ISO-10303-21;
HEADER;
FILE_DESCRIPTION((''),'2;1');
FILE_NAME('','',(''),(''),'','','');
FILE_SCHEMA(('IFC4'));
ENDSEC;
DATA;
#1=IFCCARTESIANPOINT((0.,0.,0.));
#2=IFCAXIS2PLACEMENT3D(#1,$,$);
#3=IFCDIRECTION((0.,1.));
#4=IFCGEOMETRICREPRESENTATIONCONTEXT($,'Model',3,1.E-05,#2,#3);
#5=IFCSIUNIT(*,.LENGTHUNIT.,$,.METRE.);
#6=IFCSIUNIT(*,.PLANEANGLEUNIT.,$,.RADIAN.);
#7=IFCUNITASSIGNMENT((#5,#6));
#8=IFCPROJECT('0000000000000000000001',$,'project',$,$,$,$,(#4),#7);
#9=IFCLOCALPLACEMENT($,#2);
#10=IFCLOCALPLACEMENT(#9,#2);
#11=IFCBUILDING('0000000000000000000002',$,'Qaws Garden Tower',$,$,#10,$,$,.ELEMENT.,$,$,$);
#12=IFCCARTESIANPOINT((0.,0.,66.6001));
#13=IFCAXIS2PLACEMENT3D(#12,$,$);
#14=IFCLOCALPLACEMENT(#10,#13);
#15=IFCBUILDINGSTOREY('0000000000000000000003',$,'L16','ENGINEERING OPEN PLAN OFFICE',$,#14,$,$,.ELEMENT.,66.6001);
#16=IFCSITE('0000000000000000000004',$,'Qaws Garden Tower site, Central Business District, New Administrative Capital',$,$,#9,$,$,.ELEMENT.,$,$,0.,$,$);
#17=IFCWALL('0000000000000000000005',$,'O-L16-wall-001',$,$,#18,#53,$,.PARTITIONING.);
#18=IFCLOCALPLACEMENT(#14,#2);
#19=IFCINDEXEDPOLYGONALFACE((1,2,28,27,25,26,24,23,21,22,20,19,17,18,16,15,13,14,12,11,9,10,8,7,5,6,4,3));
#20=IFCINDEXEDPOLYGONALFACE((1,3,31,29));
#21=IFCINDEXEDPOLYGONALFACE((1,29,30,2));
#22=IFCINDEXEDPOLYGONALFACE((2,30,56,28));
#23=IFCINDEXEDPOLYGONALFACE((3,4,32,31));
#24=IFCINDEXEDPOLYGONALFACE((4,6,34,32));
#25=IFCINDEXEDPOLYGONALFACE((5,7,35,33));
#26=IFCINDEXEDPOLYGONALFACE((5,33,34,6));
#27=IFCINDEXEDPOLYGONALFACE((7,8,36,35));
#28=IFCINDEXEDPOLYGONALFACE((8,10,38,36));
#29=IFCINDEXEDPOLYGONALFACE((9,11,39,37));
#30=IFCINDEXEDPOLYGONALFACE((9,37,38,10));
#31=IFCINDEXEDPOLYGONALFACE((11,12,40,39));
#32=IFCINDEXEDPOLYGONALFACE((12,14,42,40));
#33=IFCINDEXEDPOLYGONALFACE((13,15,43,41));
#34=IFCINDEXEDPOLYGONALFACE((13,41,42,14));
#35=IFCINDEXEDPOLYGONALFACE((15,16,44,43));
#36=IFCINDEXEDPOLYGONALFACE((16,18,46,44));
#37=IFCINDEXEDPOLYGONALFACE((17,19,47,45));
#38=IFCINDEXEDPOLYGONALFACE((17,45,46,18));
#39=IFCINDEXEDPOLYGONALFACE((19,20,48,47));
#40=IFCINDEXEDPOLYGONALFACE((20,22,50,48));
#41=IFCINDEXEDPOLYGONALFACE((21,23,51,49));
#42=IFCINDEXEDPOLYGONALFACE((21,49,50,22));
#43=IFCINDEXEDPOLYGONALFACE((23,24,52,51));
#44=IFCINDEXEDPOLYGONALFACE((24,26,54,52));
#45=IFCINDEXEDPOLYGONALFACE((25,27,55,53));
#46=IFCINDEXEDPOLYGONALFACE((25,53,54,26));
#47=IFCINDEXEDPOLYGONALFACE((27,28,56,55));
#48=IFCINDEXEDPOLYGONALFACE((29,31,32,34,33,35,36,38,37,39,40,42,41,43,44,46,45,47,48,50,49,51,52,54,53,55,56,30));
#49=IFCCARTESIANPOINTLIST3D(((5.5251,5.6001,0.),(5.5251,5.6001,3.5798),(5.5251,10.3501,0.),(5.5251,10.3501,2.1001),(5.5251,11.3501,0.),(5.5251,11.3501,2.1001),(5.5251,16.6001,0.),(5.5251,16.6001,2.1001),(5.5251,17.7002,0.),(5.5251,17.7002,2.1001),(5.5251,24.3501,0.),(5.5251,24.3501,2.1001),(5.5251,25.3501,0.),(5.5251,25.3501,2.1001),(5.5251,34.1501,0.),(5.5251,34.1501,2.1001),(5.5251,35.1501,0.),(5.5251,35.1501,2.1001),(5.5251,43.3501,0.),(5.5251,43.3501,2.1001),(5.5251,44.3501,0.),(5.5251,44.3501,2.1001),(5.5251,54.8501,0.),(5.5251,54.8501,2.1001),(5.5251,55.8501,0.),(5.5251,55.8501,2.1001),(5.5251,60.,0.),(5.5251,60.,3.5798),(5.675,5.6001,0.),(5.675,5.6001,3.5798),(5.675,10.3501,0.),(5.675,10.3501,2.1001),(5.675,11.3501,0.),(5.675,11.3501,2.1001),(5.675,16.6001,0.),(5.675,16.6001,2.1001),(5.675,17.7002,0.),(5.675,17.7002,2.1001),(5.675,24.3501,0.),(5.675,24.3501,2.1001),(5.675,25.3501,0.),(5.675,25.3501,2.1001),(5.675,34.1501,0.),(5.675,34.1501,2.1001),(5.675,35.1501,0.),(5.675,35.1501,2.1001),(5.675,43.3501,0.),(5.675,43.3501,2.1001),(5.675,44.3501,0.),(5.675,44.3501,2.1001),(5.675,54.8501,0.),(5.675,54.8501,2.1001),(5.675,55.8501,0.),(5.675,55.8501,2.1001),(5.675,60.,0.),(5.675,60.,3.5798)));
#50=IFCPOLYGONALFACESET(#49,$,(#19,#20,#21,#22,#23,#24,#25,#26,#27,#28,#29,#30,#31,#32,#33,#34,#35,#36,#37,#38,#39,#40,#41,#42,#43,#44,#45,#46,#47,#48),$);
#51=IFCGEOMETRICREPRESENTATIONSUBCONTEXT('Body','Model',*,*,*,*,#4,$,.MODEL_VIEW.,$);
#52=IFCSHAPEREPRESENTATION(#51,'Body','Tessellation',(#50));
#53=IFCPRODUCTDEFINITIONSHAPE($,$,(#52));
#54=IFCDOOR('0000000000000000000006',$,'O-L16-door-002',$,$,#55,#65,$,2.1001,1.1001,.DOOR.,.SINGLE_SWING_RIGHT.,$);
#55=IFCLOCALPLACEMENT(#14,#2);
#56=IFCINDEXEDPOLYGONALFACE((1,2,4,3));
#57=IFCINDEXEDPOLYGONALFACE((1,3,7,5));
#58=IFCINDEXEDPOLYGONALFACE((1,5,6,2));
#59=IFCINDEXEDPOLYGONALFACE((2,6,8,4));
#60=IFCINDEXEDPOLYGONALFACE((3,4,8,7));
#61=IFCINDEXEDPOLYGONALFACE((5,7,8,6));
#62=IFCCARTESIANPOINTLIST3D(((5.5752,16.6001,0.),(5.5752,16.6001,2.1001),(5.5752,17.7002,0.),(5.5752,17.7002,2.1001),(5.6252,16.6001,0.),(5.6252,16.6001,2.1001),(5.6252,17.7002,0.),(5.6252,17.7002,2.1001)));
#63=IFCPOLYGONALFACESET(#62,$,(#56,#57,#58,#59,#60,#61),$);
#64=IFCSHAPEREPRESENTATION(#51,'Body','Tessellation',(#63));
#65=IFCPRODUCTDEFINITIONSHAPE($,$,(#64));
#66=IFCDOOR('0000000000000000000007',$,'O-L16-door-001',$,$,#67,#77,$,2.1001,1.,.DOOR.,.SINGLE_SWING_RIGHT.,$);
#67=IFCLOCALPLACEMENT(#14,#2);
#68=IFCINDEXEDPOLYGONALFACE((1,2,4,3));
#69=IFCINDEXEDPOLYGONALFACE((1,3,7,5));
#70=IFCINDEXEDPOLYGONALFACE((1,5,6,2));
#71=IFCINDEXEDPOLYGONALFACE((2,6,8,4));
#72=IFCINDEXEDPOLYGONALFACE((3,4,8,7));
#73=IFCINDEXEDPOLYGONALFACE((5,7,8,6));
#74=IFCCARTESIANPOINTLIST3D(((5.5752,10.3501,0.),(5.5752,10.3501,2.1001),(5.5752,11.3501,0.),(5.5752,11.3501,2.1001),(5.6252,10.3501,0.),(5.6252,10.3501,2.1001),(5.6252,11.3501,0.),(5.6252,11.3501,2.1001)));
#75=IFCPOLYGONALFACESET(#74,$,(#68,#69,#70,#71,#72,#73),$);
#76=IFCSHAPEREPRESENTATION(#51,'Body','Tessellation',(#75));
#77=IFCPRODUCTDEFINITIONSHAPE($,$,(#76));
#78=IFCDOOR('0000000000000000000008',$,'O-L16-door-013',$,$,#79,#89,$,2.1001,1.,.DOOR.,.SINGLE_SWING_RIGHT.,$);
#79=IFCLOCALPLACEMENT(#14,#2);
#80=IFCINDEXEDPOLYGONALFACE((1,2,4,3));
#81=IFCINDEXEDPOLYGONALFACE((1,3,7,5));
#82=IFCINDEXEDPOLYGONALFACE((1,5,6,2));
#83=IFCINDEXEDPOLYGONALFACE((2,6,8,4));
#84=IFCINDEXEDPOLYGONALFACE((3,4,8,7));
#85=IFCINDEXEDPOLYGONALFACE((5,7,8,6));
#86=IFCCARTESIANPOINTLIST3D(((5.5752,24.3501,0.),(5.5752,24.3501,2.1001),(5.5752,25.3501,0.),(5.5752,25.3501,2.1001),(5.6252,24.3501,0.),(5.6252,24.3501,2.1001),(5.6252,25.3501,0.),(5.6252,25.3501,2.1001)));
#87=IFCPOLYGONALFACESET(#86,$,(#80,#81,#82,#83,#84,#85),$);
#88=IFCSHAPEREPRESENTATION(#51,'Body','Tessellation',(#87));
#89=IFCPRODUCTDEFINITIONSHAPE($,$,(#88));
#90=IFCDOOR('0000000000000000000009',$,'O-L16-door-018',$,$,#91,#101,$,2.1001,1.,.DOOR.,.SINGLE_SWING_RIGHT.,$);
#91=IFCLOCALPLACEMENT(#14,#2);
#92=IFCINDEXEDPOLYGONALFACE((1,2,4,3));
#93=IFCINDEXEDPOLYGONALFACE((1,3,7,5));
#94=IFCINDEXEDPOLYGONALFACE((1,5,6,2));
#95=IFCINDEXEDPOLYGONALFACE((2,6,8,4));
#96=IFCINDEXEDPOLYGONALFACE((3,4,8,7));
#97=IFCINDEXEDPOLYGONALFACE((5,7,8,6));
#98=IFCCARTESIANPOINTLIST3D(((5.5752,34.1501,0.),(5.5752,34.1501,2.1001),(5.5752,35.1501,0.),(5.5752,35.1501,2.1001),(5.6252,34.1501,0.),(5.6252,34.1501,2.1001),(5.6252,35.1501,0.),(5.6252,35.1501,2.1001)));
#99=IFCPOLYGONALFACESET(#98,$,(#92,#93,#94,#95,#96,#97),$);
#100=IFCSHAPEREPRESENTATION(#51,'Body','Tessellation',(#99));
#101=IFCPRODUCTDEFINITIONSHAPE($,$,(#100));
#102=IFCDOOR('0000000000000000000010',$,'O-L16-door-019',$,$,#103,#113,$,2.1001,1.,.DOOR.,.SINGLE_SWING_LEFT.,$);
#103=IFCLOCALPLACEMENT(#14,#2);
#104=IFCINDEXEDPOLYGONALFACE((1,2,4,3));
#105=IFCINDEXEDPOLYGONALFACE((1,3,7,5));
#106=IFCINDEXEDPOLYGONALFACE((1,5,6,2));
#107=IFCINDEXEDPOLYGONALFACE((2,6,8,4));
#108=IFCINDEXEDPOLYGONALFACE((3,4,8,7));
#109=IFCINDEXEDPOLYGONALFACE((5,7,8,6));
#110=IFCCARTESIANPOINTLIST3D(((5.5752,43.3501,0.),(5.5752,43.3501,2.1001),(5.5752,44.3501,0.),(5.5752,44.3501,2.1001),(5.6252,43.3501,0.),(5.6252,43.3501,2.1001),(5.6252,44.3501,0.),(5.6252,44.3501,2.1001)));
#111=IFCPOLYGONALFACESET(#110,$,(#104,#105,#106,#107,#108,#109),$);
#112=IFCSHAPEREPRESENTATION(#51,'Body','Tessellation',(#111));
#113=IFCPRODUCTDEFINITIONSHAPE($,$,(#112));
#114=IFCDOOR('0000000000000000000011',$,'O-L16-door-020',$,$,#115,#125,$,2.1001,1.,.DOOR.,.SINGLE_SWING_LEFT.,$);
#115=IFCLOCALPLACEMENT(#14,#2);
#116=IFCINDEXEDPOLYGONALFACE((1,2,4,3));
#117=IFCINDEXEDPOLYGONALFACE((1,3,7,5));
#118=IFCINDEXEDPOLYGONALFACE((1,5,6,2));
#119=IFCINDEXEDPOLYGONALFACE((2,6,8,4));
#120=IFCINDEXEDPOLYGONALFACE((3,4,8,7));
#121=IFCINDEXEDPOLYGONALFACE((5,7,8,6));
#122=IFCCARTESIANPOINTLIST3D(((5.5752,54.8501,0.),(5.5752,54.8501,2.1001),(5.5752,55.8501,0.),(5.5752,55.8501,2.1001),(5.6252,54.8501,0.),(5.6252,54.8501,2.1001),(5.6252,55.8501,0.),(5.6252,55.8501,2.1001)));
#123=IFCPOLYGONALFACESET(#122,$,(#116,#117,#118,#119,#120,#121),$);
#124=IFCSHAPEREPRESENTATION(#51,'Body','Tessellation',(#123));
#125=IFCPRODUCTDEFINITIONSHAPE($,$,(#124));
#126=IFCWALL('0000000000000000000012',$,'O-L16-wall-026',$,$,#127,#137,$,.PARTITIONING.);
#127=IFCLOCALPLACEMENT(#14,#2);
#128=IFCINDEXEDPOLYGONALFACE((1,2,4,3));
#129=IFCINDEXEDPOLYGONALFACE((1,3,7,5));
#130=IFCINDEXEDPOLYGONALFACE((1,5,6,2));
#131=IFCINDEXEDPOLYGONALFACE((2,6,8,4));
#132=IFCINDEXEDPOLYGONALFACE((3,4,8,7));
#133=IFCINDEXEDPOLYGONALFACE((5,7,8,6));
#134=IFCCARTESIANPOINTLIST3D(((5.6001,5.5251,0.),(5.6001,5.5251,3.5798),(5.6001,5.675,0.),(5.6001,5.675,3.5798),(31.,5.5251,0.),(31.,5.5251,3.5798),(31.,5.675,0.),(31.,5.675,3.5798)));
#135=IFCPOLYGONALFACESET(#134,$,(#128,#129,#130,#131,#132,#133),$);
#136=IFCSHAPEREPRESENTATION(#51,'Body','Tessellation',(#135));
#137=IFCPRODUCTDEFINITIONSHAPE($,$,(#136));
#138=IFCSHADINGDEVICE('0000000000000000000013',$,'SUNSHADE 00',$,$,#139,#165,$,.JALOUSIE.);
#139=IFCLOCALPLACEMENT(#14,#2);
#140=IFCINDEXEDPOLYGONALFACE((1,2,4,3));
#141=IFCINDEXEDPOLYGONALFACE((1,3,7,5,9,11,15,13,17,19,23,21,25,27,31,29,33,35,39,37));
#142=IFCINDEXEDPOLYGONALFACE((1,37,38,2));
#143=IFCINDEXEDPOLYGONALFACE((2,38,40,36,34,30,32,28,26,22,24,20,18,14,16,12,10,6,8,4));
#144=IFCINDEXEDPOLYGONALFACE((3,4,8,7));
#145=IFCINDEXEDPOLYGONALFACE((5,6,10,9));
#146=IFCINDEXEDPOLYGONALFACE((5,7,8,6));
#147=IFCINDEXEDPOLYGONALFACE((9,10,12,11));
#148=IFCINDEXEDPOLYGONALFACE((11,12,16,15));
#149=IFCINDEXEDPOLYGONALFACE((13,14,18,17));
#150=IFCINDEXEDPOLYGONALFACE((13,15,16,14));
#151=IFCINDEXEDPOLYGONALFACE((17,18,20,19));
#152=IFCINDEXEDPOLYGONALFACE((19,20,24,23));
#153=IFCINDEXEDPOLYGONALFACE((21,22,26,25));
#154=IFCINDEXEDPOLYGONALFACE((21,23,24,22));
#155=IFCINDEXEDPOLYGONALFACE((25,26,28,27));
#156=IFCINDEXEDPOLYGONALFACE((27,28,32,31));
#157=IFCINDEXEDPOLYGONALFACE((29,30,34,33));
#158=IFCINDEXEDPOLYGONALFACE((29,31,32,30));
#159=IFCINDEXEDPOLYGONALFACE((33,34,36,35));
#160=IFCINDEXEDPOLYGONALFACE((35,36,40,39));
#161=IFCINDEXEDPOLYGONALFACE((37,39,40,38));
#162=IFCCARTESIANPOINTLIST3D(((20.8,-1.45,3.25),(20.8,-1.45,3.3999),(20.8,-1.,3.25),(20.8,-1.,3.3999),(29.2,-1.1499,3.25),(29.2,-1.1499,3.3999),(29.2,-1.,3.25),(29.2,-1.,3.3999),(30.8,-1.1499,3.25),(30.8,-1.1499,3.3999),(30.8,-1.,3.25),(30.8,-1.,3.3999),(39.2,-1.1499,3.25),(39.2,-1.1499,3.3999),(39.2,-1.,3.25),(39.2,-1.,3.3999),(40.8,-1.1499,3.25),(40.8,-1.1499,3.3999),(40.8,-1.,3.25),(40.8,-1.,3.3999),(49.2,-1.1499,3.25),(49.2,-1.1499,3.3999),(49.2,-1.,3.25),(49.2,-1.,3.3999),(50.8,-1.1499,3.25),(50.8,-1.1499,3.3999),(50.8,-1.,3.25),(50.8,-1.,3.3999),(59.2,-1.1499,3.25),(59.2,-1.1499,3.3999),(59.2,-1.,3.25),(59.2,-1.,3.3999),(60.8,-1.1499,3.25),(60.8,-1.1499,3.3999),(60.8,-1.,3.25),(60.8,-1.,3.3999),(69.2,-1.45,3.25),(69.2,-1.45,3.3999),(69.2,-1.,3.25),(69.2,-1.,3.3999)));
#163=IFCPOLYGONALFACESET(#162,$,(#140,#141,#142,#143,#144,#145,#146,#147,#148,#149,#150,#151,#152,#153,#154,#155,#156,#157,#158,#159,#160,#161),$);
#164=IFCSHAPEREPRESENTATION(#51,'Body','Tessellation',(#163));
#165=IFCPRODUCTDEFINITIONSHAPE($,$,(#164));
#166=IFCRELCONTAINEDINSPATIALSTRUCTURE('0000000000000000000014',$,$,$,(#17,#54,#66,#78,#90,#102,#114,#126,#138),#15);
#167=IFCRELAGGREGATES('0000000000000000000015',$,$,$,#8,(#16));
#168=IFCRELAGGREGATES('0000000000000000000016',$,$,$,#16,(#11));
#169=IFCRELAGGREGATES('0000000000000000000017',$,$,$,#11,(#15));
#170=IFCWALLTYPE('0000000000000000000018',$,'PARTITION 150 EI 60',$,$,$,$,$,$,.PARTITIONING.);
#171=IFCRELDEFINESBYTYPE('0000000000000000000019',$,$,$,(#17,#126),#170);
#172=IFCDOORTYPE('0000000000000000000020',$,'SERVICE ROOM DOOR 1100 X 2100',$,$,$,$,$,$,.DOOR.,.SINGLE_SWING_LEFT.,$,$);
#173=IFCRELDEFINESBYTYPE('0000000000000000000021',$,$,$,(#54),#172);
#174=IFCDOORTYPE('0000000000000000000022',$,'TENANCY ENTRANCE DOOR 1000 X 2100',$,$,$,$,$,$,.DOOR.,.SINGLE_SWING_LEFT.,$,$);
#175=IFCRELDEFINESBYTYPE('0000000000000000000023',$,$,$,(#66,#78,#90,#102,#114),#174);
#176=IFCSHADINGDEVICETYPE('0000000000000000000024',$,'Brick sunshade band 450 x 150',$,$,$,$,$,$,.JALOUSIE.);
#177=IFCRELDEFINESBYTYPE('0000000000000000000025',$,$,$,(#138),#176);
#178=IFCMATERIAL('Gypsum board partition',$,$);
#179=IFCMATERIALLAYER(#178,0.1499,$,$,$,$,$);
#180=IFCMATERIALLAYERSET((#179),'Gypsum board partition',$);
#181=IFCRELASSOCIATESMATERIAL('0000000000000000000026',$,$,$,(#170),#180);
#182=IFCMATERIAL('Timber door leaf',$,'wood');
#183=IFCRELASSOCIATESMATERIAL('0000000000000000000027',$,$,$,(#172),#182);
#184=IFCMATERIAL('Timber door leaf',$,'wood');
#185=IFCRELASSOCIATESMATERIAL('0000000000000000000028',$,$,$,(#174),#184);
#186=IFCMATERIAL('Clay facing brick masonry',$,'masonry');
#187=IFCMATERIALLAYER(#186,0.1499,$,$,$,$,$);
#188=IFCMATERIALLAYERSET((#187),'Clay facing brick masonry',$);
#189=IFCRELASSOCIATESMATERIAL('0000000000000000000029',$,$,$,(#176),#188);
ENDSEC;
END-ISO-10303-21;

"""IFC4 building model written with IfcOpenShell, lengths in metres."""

from ifc_helpers import new_model, si_unit, direction, frame, frame_2d, origin, place, context, subcontext, project, spatial, polyline, rectangle, outline, extrude, material, layer, layer_set, type_object, element, fill, save


model = new_model("IFC4")

# Units and contexts
model_context = context("Model", 3, precision=1e-05, world=origin(), true_north=direction((0.0, 1.0)))
body_context = subcontext(model_context, "Body", "Model", "MODEL_VIEW")
ifc_project = project(units=[si_unit("LENGTHUNIT", "METRE"), si_unit("PLANEANGLEUNIT", "RADIAN")], contexts=[model_context])

# Site, building, storey
site_placement = place(None, origin())
site = spatial("IfcSite", under=ifc_project, at=site_placement, Name="Qaws Garden Tower site, Central Business District, New Administrative Capital", CompositionType="ELEMENT", RefElevation=0.0)
building_placement = place(site_placement, origin())
building = spatial("IfcBuilding", under=site, at=building_placement, Name="Qaws Garden Tower", CompositionType="ELEMENT")
storey_placement = place(building_placement, frame((0.0, 0.0, 66.6001)))
storey = spatial("IfcBuildingStorey", under=building, at=storey_placement, Name="L16", Description="ENGINEERING OPEN PLAN OFFICE", CompositionType="ELEMENT", Elevation=66.6001)

# Wall, openings, doors
ifc_material_1 = material(Name="Gypsum board partition")
ifc_layer_1 = layer(ifc_material_1, 0.1499)
ifc_layer_set_1 = layer_set([ifc_layer_1], Name="Gypsum board partition")
wall_type_1 = type_object("IfcWallType", Name="PARTITION 150 EI 60", PredefinedType="PARTITIONING", material=ifc_layer_set_1)
wall_1_placement = place(storey_placement, frame((5.6001, 5.6001, 0.0), z_axis=(0.0, 0.0, 1.0), x_axis=(0.0, 1.0, 0.0)))
wall_1 = element("IfcWall", 1, at=wall_1_placement, inside=storey, type_object=wall_type_1, Name="O-L16-wall-001", PredefinedType="PARTITIONING", context=body_context, shape_type="SweptSolid", body=[
    extrude(rectangle(XDim=54.3999, YDim=0.1499, at=frame_2d((27.2, 0.0))), origin(), (0.0, 0.0, 1.0), 3.5798),
])
opening_1_placement = place(wall_1_placement, frame((4.75, 0.0, 0.0)))
opening_1 = element("IfcOpeningElement", 2, at=opening_1_placement, cuts=wall_1, PredefinedType="OPENING", context=body_context, shape_type="SweptSolid", body=[
    extrude(rectangle(XDim=1.0, YDim=2.1001, at=frame_2d((0.5, 1.05))), frame((0.0, 0.085, 0.0), z_axis=(0.0, -1.0, 0.0), x_axis=(1.0, 0.0, 0.0)), (0.0, 0.0, 1.0), 0.1699),
])
opening_2_placement = place(wall_1_placement, frame((11.0, 0.0, 0.0)))
opening_2 = element("IfcOpeningElement", 3, at=opening_2_placement, cuts=wall_1, PredefinedType="OPENING", context=body_context, shape_type="SweptSolid", body=[
    extrude(rectangle(XDim=1.1001, YDim=2.1001, at=frame_2d((0.55, 1.05))), frame((0.0, 0.085, 0.0), z_axis=(0.0, -1.0, 0.0), x_axis=(1.0, 0.0, 0.0)), (0.0, 0.0, 1.0), 0.1699),
])
opening_3_placement = place(wall_1_placement, frame((18.75, 0.0, 0.0)))
opening_3 = element("IfcOpeningElement", 4, at=opening_3_placement, cuts=wall_1, PredefinedType="OPENING", context=body_context, shape_type="SweptSolid", body=[
    extrude(rectangle(XDim=1.0, YDim=2.1001, at=frame_2d((0.5, 1.05))), frame((0.0, 0.085, 0.0), z_axis=(0.0, -1.0, 0.0), x_axis=(1.0, 0.0, 0.0)), (0.0, 0.0, 1.0), 0.1699),
])
opening_4_placement = place(wall_1_placement, frame((28.55, 0.0, 0.0)))
opening_4 = element("IfcOpeningElement", 5, at=opening_4_placement, cuts=wall_1, PredefinedType="OPENING", context=body_context, shape_type="SweptSolid", body=[
    extrude(rectangle(XDim=1.0, YDim=2.1001, at=frame_2d((0.5, 1.05))), frame((0.0, 0.085, 0.0), z_axis=(0.0, -1.0, 0.0), x_axis=(1.0, 0.0, 0.0)), (0.0, 0.0, 1.0), 0.1699),
])
opening_5_placement = place(wall_1_placement, frame((37.75, 0.0, 0.0)))
opening_5 = element("IfcOpeningElement", 6, at=opening_5_placement, cuts=wall_1, PredefinedType="OPENING", context=body_context, shape_type="SweptSolid", body=[
    extrude(rectangle(XDim=1.0, YDim=2.1001, at=frame_2d((0.5, 1.05))), frame((0.0, 0.085, 0.0), z_axis=(0.0, -1.0, 0.0), x_axis=(1.0, 0.0, 0.0)), (0.0, 0.0, 1.0), 0.1699),
])
opening_6_placement = place(wall_1_placement, frame((49.25, 0.0, 0.0)))
opening_6 = element("IfcOpeningElement", 7, at=opening_6_placement, cuts=wall_1, PredefinedType="OPENING", context=body_context, shape_type="SweptSolid", body=[
    extrude(rectangle(XDim=1.0, YDim=2.1001, at=frame_2d((0.5, 1.05))), frame((0.0, 0.085, 0.0), z_axis=(0.0, -1.0, 0.0), x_axis=(1.0, 0.0, 0.0)), (0.0, 0.0, 1.0), 0.1699),
])
ifc_material_2 = material(Name="Timber door leaf", Category="wood")
door_type_1 = type_object("IfcDoorType", Name="SERVICE ROOM DOOR 1100 X 2100", OperationType="SINGLE_SWING_LEFT", PredefinedType="DOOR", material=ifc_material_2)
door_1_placement = place(opening_2_placement, origin())
door_1 = element("IfcDoor", 8, at=door_1_placement, inside=storey, type_object=door_type_1, Name="O-L16-door-002", OperationType="SINGLE_SWING_RIGHT", OverallHeight=2.1001, OverallWidth=1.1001, PredefinedType="DOOR", context=body_context, shape_type="SweptSolid", body=[
    extrude(rectangle(XDim=1.1001, YDim=2.1001, at=frame_2d((0.55, 1.05))), frame((0.0, 0.0249, 0.0), z_axis=(0.0, -1.0, 0.0), x_axis=(1.0, 0.0, 0.0)), (0.0, 0.0, 1.0), 0.05),
])
fill(opening_2, door_1)
ifc_material_3 = material(Name="Timber door leaf", Category="wood")
door_type_2 = type_object("IfcDoorType", Name="TENANCY ENTRANCE DOOR 1000 X 2100", OperationType="SINGLE_SWING_LEFT", PredefinedType="DOOR", material=ifc_material_3)
door_2_placement = place(opening_1_placement, origin())
door_2 = element("IfcDoor", 9, at=door_2_placement, inside=storey, type_object=door_type_2, Name="O-L16-door-001", OperationType="SINGLE_SWING_RIGHT", OverallHeight=2.1001, OverallWidth=1.0, PredefinedType="DOOR", context=body_context, shape_type="SweptSolid", body=[
    extrude(rectangle(XDim=1.0, YDim=2.1001, at=frame_2d((0.5, 1.05))), frame((0.0, 0.0249, 0.0), z_axis=(0.0, -1.0, 0.0), x_axis=(1.0, 0.0, 0.0)), (0.0, 0.0, 1.0), 0.05),
])
fill(opening_1, door_2)
door_3_placement = place(opening_3_placement, origin())
door_3 = element("IfcDoor", 10, at=door_3_placement, inside=storey, type_object=door_type_2, Name="O-L16-door-013", OperationType="SINGLE_SWING_RIGHT", OverallHeight=2.1001, OverallWidth=1.0, PredefinedType="DOOR", context=body_context, shape_type="SweptSolid", body=[
    extrude(rectangle(XDim=1.0, YDim=2.1001, at=frame_2d((0.5, 1.05))), frame((0.0, 0.0249, 0.0), z_axis=(0.0, -1.0, 0.0), x_axis=(1.0, 0.0, 0.0)), (0.0, 0.0, 1.0), 0.05),
])
fill(opening_3, door_3)
door_4_placement = place(opening_4_placement, origin())
door_4 = element("IfcDoor", 11, at=door_4_placement, inside=storey, type_object=door_type_2, Name="O-L16-door-018", OperationType="SINGLE_SWING_RIGHT", OverallHeight=2.1001, OverallWidth=1.0, PredefinedType="DOOR", context=body_context, shape_type="SweptSolid", body=[
    extrude(rectangle(XDim=1.0, YDim=2.1001, at=frame_2d((0.5, 1.05))), frame((0.0, 0.0249, 0.0), z_axis=(0.0, -1.0, 0.0), x_axis=(1.0, 0.0, 0.0)), (0.0, 0.0, 1.0), 0.05),
])
fill(opening_4, door_4)
door_5_placement = place(opening_5_placement, origin())
door_5 = element("IfcDoor", 12, at=door_5_placement, inside=storey, type_object=door_type_2, Name="O-L16-door-019", OperationType="SINGLE_SWING_LEFT", OverallHeight=2.1001, OverallWidth=1.0, PredefinedType="DOOR", context=body_context, shape_type="SweptSolid", body=[
    extrude(rectangle(XDim=1.0, YDim=2.1001, at=frame_2d((0.5, 1.05))), frame((0.0, 0.0249, 0.0), z_axis=(0.0, -1.0, 0.0), x_axis=(1.0, 0.0, 0.0)), (0.0, 0.0, 1.0), 0.05),
])
fill(opening_5, door_5)
door_6_placement = place(opening_6_placement, origin())
door_6 = element("IfcDoor", 13, at=door_6_placement, inside=storey, type_object=door_type_2, Name="O-L16-door-020", OperationType="SINGLE_SWING_LEFT", OverallHeight=2.1001, OverallWidth=1.0, PredefinedType="DOOR", context=body_context, shape_type="SweptSolid", body=[
    extrude(rectangle(XDim=1.0, YDim=2.1001, at=frame_2d((0.5, 1.05))), frame((0.0, 0.0249, 0.0), z_axis=(0.0, -1.0, 0.0), x_axis=(1.0, 0.0, 0.0)), (0.0, 0.0, 1.0), 0.05),
])
fill(opening_6, door_6)

# Wall
wall_2_placement = place(storey_placement, frame((5.6001, 5.6001, 0.0), z_axis=(0.0, 0.0, 1.0), x_axis=(1.0, 0.0, 0.0)))
element("IfcWall", 14, at=wall_2_placement, inside=storey, type_object=wall_type_1, Name="O-L16-wall-026", PredefinedType="PARTITIONING", context=body_context, shape_type="SweptSolid", body=[
    extrude(rectangle(XDim=25.3999, YDim=0.1499, at=frame_2d((12.7, 0.0))), origin(), (0.0, 0.0, 1.0), 3.5798),
])

# Shading device
ifc_material_4 = material(Name="Clay facing brick masonry", Category="masonry")
ifc_layer_2 = layer(ifc_material_4, 0.1499)
ifc_layer_set_2 = layer_set([ifc_layer_2], Name="Clay facing brick masonry")
shading_device_type = type_object("IfcShadingDeviceType", Name="Brick sunshade band 450 x 150", PredefinedType="JALOUSIE", material=ifc_layer_set_2)
shading_device_placement = place(storey_placement, frame((0.0, 0.0, 3.25)))
element("IfcShadingDevice", 15, at=shading_device_placement, inside=storey, type_object=shading_device_type, Name="SUNSHADE 00", PredefinedType="JALOUSIE", context=body_context, shape_type="SweptSolid", body=[
    extrude(outline(polyline([(20.8, -1.0), (20.8, -1.45), (69.2, -1.45), (69.2, -1.0), (60.8, -1.0), (60.8, -1.1499), (59.2, -1.1499), (59.2, -1.0), (50.8, -1.0), (50.8, -1.1499), (49.2, -1.1499), (49.2, -1.0), (40.8, -1.0), (40.8, -1.1499), (39.2, -1.1499), (39.2, -1.0), (30.8, -1.0), (30.8, -1.1499), (29.2, -1.1499), (29.2, -1.0), (20.8, -1.0)])), origin(), (0.0, 0.0, 1.0), 0.1499),
])

save(model, "model.ifc")
